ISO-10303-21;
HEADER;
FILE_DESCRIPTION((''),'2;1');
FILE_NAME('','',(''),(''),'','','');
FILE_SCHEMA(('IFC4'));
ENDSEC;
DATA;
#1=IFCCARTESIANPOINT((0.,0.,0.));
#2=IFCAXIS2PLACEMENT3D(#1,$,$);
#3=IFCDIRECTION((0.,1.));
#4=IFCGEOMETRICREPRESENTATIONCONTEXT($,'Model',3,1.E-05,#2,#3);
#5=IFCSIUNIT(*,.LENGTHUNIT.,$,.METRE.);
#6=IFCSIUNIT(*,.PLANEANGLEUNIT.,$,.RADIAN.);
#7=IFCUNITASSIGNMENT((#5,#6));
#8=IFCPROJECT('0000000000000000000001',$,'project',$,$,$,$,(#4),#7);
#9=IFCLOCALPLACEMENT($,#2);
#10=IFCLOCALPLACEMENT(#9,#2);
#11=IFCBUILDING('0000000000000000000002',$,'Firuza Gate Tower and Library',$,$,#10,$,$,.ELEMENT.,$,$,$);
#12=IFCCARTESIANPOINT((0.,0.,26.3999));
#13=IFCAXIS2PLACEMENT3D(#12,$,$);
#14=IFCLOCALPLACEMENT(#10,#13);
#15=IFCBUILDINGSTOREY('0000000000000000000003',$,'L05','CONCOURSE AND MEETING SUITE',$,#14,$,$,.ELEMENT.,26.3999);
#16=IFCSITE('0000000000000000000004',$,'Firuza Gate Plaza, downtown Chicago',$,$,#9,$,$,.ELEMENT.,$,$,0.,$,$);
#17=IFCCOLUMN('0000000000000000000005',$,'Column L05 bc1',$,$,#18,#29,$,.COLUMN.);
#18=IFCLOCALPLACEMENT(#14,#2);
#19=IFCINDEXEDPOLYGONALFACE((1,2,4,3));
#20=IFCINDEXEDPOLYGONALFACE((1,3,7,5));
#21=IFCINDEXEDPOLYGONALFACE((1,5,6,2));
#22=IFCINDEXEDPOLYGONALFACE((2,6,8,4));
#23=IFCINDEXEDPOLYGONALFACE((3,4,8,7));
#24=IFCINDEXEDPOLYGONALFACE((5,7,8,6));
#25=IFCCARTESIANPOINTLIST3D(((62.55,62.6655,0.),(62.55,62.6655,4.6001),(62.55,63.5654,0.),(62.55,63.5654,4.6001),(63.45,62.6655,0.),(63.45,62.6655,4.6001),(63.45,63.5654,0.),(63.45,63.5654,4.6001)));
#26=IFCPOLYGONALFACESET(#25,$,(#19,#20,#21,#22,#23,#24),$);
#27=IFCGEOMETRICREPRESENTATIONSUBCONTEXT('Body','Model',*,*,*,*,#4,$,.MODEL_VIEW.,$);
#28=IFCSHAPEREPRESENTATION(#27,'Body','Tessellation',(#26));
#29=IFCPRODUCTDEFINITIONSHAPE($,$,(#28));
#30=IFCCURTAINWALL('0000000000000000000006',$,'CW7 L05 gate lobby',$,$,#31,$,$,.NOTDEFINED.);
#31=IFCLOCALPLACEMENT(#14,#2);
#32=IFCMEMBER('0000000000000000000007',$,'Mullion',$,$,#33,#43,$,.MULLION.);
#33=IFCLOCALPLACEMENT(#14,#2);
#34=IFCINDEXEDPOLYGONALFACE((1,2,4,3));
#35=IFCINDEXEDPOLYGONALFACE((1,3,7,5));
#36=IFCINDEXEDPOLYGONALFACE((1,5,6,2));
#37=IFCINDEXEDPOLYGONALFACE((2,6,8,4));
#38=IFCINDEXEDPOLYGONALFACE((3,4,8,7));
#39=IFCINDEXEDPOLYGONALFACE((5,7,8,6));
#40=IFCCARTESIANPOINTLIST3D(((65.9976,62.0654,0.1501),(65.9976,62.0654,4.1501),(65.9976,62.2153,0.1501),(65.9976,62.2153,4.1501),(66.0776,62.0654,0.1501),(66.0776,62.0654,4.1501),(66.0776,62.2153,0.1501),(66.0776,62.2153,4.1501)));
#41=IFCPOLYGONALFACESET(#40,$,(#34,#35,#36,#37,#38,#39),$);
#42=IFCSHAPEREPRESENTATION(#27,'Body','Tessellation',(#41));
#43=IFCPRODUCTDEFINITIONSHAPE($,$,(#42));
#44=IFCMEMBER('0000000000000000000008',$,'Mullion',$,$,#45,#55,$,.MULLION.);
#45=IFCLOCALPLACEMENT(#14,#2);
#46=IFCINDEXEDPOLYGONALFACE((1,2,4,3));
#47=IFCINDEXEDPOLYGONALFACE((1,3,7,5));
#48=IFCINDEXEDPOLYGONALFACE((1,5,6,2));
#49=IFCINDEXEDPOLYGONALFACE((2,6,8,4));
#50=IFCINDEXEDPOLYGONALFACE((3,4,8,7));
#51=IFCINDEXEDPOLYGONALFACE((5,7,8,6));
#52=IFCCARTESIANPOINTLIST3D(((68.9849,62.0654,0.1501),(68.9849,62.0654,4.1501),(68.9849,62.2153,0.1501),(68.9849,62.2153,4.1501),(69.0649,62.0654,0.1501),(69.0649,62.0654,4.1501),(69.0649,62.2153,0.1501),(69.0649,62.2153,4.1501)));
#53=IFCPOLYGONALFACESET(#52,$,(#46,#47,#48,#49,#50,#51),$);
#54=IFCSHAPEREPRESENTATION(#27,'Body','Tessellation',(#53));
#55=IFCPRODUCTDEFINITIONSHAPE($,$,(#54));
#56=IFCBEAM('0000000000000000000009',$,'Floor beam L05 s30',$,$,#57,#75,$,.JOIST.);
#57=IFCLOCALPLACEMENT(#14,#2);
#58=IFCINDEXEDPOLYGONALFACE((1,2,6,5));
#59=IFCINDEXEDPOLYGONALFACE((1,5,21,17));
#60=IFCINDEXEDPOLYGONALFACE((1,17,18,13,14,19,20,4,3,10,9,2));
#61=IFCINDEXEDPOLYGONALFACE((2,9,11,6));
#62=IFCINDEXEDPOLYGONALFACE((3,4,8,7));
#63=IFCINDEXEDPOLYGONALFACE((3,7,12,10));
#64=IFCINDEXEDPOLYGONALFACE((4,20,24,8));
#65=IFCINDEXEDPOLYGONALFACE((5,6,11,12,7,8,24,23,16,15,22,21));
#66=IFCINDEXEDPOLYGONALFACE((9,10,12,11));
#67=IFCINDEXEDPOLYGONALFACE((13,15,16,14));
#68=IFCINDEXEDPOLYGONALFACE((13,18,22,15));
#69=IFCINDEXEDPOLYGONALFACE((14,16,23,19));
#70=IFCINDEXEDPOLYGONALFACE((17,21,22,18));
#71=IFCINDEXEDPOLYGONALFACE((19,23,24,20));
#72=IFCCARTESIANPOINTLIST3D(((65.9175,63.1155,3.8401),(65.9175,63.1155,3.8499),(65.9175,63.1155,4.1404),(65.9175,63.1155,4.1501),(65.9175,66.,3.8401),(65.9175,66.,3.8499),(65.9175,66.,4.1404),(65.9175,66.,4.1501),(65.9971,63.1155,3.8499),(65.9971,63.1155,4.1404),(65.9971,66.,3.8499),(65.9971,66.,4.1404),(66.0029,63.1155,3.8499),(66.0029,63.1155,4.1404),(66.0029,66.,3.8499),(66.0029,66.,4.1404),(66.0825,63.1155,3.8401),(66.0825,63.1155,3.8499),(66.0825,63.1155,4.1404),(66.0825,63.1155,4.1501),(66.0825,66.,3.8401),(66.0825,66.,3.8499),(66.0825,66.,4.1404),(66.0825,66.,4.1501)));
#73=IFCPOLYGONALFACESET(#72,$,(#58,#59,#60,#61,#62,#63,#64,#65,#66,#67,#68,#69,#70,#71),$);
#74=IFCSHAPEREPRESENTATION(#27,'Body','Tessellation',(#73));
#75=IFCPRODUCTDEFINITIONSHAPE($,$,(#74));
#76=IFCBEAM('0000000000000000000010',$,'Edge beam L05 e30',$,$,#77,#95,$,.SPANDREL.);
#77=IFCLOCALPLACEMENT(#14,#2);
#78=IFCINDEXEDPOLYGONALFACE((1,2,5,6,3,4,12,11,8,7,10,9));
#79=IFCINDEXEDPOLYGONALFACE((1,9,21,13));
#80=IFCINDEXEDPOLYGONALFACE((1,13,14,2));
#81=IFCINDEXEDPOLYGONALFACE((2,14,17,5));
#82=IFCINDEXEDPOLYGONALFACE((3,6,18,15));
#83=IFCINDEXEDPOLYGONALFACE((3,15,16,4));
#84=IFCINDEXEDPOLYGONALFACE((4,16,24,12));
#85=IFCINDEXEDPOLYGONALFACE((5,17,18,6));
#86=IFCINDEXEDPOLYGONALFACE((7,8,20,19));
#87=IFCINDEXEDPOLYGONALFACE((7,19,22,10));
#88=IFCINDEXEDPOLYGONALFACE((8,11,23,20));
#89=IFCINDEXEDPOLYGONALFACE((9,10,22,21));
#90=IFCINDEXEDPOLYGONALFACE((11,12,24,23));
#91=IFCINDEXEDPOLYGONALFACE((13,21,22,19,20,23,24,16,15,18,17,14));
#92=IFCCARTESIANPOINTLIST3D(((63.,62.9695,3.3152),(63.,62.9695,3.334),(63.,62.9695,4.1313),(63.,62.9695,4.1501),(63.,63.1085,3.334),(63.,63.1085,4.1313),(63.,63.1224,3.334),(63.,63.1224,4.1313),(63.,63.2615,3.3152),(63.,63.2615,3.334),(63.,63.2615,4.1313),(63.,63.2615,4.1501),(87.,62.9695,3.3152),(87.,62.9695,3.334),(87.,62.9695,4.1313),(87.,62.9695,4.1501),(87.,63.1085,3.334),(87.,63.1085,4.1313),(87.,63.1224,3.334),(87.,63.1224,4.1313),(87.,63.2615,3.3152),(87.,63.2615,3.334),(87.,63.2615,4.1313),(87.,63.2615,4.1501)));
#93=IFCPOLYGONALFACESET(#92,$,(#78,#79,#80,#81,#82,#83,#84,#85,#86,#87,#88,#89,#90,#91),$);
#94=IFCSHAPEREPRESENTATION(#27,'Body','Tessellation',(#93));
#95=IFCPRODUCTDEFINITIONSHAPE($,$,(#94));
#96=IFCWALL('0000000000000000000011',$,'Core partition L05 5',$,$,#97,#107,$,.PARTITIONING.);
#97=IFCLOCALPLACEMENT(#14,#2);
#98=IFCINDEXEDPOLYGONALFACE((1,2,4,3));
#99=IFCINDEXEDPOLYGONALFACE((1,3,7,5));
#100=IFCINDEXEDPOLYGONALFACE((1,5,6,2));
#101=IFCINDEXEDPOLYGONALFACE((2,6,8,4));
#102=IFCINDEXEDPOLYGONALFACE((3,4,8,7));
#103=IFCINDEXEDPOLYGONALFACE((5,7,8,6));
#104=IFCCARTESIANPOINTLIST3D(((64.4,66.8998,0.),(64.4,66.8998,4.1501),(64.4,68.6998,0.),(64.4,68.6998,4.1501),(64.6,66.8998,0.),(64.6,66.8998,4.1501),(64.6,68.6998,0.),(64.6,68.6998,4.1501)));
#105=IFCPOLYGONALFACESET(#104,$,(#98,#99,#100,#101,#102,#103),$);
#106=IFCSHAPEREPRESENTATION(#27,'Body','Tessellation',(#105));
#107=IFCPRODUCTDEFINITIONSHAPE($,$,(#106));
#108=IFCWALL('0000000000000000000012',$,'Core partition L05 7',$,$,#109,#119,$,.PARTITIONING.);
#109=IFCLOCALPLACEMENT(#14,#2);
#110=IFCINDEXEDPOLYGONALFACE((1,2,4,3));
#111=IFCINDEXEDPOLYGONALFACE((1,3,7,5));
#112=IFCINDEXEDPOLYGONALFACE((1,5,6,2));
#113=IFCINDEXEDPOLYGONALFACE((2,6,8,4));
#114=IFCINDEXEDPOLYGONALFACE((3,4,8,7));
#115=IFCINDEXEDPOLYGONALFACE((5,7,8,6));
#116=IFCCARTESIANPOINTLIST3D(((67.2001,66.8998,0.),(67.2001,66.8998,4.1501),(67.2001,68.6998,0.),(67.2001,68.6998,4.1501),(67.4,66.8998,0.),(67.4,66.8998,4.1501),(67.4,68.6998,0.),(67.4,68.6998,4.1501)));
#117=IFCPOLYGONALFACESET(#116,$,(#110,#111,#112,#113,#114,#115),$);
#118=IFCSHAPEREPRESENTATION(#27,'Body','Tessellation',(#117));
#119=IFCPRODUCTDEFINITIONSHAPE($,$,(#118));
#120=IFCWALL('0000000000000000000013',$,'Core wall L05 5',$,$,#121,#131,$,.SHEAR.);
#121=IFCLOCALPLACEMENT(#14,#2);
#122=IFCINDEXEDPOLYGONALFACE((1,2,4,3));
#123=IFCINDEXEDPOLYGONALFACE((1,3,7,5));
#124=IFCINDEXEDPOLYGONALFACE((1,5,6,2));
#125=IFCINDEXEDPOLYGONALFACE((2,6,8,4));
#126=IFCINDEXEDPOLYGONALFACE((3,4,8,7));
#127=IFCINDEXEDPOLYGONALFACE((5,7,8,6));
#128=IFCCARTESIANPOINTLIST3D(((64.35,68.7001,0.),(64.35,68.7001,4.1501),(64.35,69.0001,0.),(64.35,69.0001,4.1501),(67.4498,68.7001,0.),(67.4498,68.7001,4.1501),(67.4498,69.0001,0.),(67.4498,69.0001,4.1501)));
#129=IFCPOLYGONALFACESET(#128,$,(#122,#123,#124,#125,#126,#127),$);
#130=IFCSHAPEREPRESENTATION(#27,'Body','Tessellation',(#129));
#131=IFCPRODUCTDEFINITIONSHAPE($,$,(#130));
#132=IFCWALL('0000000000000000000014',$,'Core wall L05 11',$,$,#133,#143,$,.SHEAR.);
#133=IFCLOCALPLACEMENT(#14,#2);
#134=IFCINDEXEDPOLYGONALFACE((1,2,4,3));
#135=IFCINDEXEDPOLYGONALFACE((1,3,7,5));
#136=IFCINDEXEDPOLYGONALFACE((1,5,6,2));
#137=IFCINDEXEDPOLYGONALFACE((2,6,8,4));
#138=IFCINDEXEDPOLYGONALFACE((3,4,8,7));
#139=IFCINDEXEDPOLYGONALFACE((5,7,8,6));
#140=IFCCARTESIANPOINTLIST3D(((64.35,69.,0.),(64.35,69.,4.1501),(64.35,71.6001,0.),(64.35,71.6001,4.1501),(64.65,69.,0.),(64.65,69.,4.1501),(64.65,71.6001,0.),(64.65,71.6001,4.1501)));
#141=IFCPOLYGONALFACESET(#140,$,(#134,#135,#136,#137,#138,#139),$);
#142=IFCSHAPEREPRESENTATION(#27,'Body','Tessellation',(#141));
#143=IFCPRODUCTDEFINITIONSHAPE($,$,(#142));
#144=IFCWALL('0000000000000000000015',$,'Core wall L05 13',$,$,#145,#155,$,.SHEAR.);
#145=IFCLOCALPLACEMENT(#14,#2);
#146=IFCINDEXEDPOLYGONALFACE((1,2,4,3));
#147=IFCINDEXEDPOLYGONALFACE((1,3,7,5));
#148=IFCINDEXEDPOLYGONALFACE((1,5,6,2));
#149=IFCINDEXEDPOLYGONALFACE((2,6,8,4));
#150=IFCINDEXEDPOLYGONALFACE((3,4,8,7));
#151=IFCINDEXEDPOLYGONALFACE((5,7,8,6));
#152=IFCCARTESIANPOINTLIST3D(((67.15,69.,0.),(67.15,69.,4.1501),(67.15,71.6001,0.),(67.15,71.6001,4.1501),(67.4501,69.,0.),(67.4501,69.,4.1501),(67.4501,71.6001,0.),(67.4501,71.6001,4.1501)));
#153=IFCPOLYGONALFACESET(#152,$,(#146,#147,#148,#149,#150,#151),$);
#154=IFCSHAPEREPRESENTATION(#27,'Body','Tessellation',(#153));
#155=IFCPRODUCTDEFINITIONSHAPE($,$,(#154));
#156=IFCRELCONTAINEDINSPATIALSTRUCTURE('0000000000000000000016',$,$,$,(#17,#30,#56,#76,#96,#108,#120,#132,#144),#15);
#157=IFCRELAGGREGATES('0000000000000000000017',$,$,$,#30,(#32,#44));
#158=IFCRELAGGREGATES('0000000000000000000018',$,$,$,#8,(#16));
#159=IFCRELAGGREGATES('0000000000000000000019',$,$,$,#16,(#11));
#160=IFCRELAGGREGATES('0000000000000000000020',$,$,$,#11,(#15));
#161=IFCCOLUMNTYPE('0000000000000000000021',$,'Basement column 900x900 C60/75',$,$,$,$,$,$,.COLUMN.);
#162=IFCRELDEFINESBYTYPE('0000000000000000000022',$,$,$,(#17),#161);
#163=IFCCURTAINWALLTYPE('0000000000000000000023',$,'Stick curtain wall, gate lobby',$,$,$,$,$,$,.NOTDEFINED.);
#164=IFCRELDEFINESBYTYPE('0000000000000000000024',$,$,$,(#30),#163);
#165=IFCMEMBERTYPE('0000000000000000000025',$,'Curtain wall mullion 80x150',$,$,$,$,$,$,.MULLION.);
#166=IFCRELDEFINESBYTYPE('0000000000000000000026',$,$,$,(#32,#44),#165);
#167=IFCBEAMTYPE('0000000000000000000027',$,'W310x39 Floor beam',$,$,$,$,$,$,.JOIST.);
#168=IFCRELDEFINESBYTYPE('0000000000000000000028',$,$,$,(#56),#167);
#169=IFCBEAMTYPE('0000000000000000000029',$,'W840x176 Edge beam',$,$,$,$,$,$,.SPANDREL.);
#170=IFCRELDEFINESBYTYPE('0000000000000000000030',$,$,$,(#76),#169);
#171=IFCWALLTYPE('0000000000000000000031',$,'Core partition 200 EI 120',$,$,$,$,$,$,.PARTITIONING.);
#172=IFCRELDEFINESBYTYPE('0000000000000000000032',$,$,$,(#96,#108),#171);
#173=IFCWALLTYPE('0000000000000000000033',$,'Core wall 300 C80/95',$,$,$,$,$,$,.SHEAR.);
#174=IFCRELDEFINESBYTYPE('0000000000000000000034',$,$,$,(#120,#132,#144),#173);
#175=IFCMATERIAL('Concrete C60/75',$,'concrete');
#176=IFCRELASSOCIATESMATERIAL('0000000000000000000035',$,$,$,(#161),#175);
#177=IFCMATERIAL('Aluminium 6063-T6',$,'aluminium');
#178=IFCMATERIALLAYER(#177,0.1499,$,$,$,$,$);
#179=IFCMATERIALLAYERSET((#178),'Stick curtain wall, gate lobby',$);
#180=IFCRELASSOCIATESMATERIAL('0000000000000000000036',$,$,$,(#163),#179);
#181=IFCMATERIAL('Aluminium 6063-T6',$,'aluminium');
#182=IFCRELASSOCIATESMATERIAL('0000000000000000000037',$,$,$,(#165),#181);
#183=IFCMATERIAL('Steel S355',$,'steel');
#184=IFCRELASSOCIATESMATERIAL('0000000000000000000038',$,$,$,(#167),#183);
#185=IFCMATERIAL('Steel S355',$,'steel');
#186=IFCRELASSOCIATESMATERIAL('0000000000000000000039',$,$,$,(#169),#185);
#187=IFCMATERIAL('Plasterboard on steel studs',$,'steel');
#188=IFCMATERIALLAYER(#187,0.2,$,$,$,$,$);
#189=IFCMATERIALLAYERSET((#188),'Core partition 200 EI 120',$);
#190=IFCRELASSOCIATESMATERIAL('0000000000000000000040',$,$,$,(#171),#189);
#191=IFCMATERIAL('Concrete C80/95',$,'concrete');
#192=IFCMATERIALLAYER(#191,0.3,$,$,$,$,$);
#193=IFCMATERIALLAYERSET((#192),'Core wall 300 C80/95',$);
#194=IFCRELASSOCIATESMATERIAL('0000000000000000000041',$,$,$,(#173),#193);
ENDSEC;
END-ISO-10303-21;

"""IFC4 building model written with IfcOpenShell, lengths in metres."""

from ifc_helpers import new_model, si_unit, direction, frame, frame_2d, origin, origin_2d, place, context, subcontext, project, spatial, rectangle, i_section, extrude, material, layer, layer_set, material_profile, profile_set, type_object, element, aggregate, save


model = new_model("IFC4")

# Units and contexts
model_context = context("Model", 3, precision=1e-05, world=origin(), true_north=direction((0.0, 1.0)))
body_context = subcontext(model_context, "Body", "Model", "MODEL_VIEW")
ifc_project = project(units=[si_unit("LENGTHUNIT", "METRE"), si_unit("PLANEANGLEUNIT", "RADIAN")], contexts=[model_context])

# Site, building, storey
site_placement = place(None, origin())
site = spatial("IfcSite", under=ifc_project, at=site_placement, Name="Firuza Gate Plaza, downtown Chicago", CompositionType="ELEMENT", RefElevation=0.0)
building_placement = place(site_placement, origin())
building = spatial("IfcBuilding", under=site, at=building_placement, Name="Firuza Gate Tower and Library", CompositionType="ELEMENT")
storey_placement = place(building_placement, frame((0.0, 0.0, 26.3999)))
storey = spatial("IfcBuildingStorey", under=building, at=storey_placement, Name="L05", Description="CONCOURSE AND MEETING SUITE", CompositionType="ELEMENT", Elevation=26.3999)

# Column
ifc_material_1 = material(Name="Concrete C60/75", Category="concrete")
ifc_material_profile_1 = material_profile(ifc_material_1, rectangle(XDim=0.8999, YDim=0.8999, at=origin_2d()))
ifc_profile_set_1 = profile_set([ifc_material_profile_1], Name="Concrete C60/75")
column_type = type_object("IfcColumnType", Name="Basement column 900x900 C60/75", PredefinedType="COLUMN", material=ifc_profile_set_1)
column_placement = place(storey_placement, frame((63.0, 63.1155, 0.0), z_axis=(0.0, 0.0, 1.0), x_axis=(1.0, 0.0, 0.0)))
element("IfcColumn", 1, at=column_placement, inside=storey, type_object=column_type, Name="Column L05 bc1", PredefinedType="COLUMN", context=body_context, shape_type="SweptSolid", body=[
    extrude(rectangle(XDim=0.8999, YDim=0.8999, at=origin_2d()), origin(), (0.0, 0.0, 1.0), 4.6001),
])

# Curtain wall, members
ifc_material_2 = material(Name="Aluminium 6063-T6", Category="aluminium")
ifc_layer_1 = layer(ifc_material_2, 0.1499)
ifc_layer_set_1 = layer_set([ifc_layer_1], Name="Stick curtain wall, gate lobby")
curtain_wall_type = type_object("IfcCurtainWallType", Name="Stick curtain wall, gate lobby", PredefinedType="NOTDEFINED", material=ifc_layer_set_1)
curtain_wall_placement = place(storey_placement, origin())
curtain_wall = element("IfcCurtainWall", 2, at=curtain_wall_placement, inside=storey, type_object=curtain_wall_type, Name="CW7 L05 gate lobby", PredefinedType="NOTDEFINED")
ifc_material_3 = material(Name="Aluminium 6063-T6", Category="aluminium")
ifc_material_profile_2 = material_profile(ifc_material_3, rectangle(XDim=0.1499, YDim=0.0801, at=origin_2d()))
ifc_profile_set_2 = profile_set([ifc_material_profile_2], Name="Aluminium 6063-T6")
member_type = type_object("IfcMemberType", Name="Curtain wall mullion 80x150", PredefinedType="MULLION", material=ifc_profile_set_2)
member_1_placement = place(storey_placement, frame((66.0376, 62.1404, 0.1501), z_axis=(0.0, 0.0, 1.0), x_axis=(0.0, 1.0, 0.0)))
member_1 = element("IfcMember", 3, at=member_1_placement, type_object=member_type, Name="Mullion", PredefinedType="MULLION", context=body_context, shape_type="SweptSolid", body=[
    extrude(rectangle(XDim=0.1499, YDim=0.0801, at=origin_2d()), origin(), (0.0, 0.0, 1.0), 4.0),
])
member_2_placement = place(storey_placement, frame((69.0249, 62.1404, 0.1501), z_axis=(0.0, 0.0, 1.0), x_axis=(0.0, 1.0, 0.0)))
member_2 = element("IfcMember", 4, at=member_2_placement, type_object=member_type, Name="Mullion", PredefinedType="MULLION", context=body_context, shape_type="SweptSolid", body=[
    extrude(rectangle(XDim=0.1499, YDim=0.0801, at=origin_2d()), origin(), (0.0, 0.0, 1.0), 4.0),
])
aggregate(curtain_wall, [member_1, member_2])

# Beams
ifc_material_4 = material(Name="Steel S355", Category="steel")
ifc_material_profile_3 = material_profile(ifc_material_4, i_section(OverallWidth=0.165, OverallDepth=0.3101, WebThickness=0.0059, FlangeThickness=0.0098, at=origin_2d()))
ifc_profile_set_3 = profile_set([ifc_material_profile_3], Name="Steel S355")
beam_type_1 = type_object("IfcBeamType", Name="W310x39 Floor beam", PredefinedType="JOIST", material=ifc_profile_set_3)
beam_1_placement = place(storey_placement, frame((66.0, 63.1155, 3.9951), z_axis=(0.0, 1.0, 0.0), x_axis=(-1.0, 0.0, 0.0)))
element("IfcBeam", 5, at=beam_1_placement, inside=storey, type_object=beam_type_1, Name="Floor beam L05 s30", PredefinedType="JOIST", context=body_context, shape_type="SweptSolid", body=[
    extrude(i_section(OverallWidth=0.165, OverallDepth=0.3101, WebThickness=0.0059, FlangeThickness=0.0098, at=origin_2d()), origin(), (0.0, 0.0, 1.0), 2.8845),
])
ifc_material_5 = material(Name="Steel S355", Category="steel")
ifc_material_profile_4 = material_profile(ifc_material_5, i_section(OverallWidth=0.292, OverallDepth=0.835, WebThickness=0.0139, FlangeThickness=0.0188, at=origin_2d()))
ifc_profile_set_4 = profile_set([ifc_material_profile_4], Name="Steel S355")
beam_type_2 = type_object("IfcBeamType", Name="W840x176 Edge beam", PredefinedType="SPANDREL", material=ifc_profile_set_4)
beam_2_placement = place(storey_placement, frame((63.0, 63.1155, 3.7327), z_axis=(1.0, 0.0, 0.0), x_axis=(0.0, 1.0, 0.0)))
element("IfcBeam", 6, at=beam_2_placement, inside=storey, type_object=beam_type_2, Name="Edge beam L05 e30", PredefinedType="SPANDREL", context=body_context, shape_type="SweptSolid", body=[
    extrude(i_section(OverallWidth=0.292, OverallDepth=0.835, WebThickness=0.0139, FlangeThickness=0.0188, at=origin_2d()), origin(), (0.0, 0.0, 1.0), 24.0),
])

# Walls
ifc_material_6 = material(Name="Plasterboard on steel studs", Category="steel")
ifc_layer_2 = layer(ifc_material_6, 0.2)
ifc_layer_set_2 = layer_set([ifc_layer_2], Name="Core partition 200 EI 120")
wall_type_1 = type_object("IfcWallType", Name="Core partition 200 EI 120", PredefinedType="PARTITIONING", material=ifc_layer_set_2)
for number, where, z_axis, x_axis, name in (
    (7, (64.5, 66.8999, 0.0), (0.0, 0.0, 1.0), (0.0, 1.0, 0.0), "Core partition L05 5"),
    (8, (67.3, 66.8999, 0.0), (0.0, 0.0, 1.0), (0.0, 1.0, 0.0), "Core partition L05 7"),
):
    element("IfcWall", number, at=place(storey_placement, frame(where, z_axis=z_axis, x_axis=x_axis)), inside=storey, type_object=wall_type_1, Name=name, PredefinedType="PARTITIONING", context=body_context, shape_type="SweptSolid", body=[
        extrude(rectangle(XDim=1.8, YDim=0.2, at=frame_2d((0.8999, 0.0))), origin(), (0.0, 0.0, 1.0), 4.1501),
    ])
ifc_material_7 = material(Name="Concrete C80/95", Category="concrete")
ifc_layer_3 = layer(ifc_material_7, 0.3)
ifc_layer_set_3 = layer_set([ifc_layer_3], Name="Core wall 300 C80/95")
wall_type_2 = type_object("IfcWallType", Name="Core wall 300 C80/95", PredefinedType="SHEAR", material=ifc_layer_set_3)
wall_1_placement = place(storey_placement, frame((64.3501, 68.8501, 0.0), z_axis=(0.0, 0.0, 1.0), x_axis=(1.0, 0.0, 0.0)))
element("IfcWall", 9, at=wall_1_placement, inside=storey, type_object=wall_type_2, Name="Core wall L05 5", PredefinedType="SHEAR", context=body_context, shape_type="SweptSolid", body=[
    extrude(rectangle(XDim=3.0999, YDim=0.3, at=frame_2d((1.5498, 0.0))), origin(), (0.0, 0.0, 1.0), 4.1501),
])
for number, where, z_axis, x_axis, name in (
    (10, (64.5, 69.0, 0.0), (0.0, 0.0, 1.0), (0.0, 1.0, 0.0), "Core wall L05 11"),
    (11, (67.3, 69.0, 0.0), (0.0, 0.0, 1.0), (0.0, 1.0, 0.0), "Core wall L05 13"),
):
    element("IfcWall", number, at=place(storey_placement, frame(where, z_axis=z_axis, x_axis=x_axis)), inside=storey, type_object=wall_type_2, Name=name, PredefinedType="SHEAR", context=body_context, shape_type="SweptSolid", body=[
        extrude(rectangle(XDim=2.6001, YDim=0.3, at=frame_2d((1.3, 0.0))), origin(), (0.0, 0.0, 1.0), 4.1501),
    ])

save(model, "model.ifc")
